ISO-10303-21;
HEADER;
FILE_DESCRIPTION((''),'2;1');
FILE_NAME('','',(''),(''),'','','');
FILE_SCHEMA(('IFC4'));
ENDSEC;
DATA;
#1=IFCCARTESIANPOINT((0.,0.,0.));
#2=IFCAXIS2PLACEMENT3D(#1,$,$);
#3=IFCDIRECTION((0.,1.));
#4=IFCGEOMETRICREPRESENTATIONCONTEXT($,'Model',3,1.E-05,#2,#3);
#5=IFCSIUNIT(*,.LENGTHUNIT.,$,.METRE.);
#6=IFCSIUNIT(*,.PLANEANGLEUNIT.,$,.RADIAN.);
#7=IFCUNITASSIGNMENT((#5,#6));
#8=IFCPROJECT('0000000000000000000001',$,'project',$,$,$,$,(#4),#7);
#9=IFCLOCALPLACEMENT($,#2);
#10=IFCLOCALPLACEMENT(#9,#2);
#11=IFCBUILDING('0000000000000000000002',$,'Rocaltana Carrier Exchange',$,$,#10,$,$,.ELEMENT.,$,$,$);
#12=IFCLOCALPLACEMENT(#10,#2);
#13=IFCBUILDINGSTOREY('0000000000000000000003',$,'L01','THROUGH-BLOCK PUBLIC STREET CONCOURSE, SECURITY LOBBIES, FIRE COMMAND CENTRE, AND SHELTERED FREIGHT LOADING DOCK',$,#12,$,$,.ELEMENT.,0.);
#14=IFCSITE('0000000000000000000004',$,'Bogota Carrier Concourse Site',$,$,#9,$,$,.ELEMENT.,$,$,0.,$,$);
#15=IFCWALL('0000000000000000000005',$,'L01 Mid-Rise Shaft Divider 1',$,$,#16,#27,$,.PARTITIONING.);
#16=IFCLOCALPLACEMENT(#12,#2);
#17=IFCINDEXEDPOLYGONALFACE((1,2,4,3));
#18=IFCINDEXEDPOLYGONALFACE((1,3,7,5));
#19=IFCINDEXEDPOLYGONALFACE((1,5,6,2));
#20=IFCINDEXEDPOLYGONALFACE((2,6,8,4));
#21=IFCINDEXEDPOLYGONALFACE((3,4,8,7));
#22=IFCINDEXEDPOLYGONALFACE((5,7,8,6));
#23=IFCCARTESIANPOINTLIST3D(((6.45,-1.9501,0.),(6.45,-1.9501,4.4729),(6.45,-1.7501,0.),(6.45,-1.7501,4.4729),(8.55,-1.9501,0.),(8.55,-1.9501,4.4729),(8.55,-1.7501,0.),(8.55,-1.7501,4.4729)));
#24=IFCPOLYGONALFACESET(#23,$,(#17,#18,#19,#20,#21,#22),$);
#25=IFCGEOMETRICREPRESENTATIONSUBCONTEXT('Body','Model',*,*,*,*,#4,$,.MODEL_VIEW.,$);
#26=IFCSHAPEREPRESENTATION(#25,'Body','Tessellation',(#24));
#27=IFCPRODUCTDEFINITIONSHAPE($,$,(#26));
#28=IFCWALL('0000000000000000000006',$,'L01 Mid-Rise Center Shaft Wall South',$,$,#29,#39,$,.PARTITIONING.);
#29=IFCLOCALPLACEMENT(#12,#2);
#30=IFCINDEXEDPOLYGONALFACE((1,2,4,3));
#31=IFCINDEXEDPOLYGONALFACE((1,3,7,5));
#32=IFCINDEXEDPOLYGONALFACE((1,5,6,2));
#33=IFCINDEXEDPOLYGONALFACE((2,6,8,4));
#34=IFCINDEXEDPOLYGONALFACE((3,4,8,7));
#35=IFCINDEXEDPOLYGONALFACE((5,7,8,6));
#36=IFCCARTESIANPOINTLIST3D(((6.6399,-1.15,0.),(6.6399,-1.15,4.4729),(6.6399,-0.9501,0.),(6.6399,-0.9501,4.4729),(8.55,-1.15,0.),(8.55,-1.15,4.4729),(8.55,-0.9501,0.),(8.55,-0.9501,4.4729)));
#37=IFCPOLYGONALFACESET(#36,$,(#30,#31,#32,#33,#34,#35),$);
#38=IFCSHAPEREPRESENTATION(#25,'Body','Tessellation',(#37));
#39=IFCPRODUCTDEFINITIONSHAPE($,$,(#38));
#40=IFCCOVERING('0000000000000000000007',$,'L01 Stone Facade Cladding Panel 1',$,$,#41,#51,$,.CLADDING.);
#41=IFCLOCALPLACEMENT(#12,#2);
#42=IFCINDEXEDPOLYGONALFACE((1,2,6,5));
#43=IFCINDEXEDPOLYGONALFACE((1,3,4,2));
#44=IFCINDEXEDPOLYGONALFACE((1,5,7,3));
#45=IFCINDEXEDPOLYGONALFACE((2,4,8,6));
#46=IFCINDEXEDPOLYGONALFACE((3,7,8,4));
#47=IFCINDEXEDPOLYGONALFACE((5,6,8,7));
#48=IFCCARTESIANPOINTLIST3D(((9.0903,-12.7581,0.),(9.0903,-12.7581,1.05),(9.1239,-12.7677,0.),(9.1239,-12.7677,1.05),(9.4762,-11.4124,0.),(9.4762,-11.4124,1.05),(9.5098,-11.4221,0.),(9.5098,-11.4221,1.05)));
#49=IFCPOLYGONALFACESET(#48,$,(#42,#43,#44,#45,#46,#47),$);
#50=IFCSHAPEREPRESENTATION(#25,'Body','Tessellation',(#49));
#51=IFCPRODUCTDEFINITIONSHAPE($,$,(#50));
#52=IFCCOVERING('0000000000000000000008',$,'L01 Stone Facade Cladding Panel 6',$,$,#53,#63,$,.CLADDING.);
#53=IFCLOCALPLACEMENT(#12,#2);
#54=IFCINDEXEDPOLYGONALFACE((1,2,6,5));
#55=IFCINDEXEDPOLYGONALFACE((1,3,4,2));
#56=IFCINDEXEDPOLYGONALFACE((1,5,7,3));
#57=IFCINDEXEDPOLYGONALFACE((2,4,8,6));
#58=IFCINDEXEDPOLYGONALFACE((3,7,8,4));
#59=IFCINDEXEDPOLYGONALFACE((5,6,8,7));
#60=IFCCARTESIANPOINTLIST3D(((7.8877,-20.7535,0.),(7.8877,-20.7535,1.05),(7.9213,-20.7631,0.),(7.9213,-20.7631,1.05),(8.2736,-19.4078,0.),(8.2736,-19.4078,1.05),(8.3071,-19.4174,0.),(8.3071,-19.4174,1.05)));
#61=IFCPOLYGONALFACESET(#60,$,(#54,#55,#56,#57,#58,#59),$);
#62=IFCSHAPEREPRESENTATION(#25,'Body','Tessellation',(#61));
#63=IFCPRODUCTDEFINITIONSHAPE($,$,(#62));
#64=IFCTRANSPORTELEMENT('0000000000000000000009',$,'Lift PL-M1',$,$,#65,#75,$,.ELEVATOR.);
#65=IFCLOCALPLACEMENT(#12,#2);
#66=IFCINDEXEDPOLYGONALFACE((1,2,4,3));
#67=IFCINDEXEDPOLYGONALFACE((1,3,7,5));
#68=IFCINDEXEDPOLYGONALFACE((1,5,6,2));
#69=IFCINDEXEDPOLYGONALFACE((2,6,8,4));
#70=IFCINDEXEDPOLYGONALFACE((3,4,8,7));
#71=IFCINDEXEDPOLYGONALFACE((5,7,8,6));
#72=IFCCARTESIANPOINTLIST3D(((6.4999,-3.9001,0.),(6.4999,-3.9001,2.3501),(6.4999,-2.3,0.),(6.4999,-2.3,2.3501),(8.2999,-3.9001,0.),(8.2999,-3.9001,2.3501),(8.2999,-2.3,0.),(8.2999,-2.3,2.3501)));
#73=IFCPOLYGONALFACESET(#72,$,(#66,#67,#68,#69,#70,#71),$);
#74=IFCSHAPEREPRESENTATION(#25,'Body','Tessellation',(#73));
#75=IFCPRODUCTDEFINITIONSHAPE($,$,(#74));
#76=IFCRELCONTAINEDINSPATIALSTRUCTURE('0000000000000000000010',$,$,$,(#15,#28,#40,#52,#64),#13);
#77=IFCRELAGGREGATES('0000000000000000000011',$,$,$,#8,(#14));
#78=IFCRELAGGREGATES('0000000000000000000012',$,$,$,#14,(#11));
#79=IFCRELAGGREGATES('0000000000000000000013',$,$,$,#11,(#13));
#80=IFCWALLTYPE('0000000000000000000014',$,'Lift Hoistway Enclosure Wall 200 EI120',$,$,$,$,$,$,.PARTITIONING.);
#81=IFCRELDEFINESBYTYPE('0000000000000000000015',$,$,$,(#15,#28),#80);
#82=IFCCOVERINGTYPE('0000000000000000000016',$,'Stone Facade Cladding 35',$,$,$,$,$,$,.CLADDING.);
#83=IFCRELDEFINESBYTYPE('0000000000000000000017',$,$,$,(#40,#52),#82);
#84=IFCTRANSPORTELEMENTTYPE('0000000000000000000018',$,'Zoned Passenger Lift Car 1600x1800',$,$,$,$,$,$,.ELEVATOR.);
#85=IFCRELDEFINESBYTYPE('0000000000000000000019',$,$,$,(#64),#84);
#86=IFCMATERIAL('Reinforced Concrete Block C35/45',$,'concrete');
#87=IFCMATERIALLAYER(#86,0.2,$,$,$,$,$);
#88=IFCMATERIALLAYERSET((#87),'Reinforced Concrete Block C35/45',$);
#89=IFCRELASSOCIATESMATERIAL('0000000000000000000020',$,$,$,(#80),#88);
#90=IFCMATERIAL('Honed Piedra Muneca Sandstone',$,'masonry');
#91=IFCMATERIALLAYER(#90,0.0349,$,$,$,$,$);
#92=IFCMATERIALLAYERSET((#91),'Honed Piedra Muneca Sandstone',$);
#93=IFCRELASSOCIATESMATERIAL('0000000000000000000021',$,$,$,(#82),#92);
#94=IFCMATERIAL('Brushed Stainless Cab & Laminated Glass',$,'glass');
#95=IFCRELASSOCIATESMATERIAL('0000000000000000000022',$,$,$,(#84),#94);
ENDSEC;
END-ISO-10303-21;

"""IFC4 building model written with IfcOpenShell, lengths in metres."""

from ifc_helpers import new_model, si_unit, direction, frame, frame_2d, origin, origin_2d, place, context, subcontext, project, spatial, rectangle, extrude, material, layer, layer_set, type_object, element, save


model = new_model("IFC4")

# Units and contexts
model_context = context("Model", 3, precision=1e-05, world=origin(), true_north=direction((0.0, 1.0)))
body_context = subcontext(model_context, "Body", "Model", "MODEL_VIEW")
ifc_project = project(units=[si_unit("LENGTHUNIT", "METRE"), si_unit("PLANEANGLEUNIT", "RADIAN")], contexts=[model_context])

# Site, building, storey
site_placement = place(None, origin())
site = spatial("IfcSite", under=ifc_project, at=site_placement, Name="Bogota Carrier Concourse Site", CompositionType="ELEMENT", RefElevation=0.0)
building_placement = place(site_placement, origin())
building = spatial("IfcBuilding", under=site, at=building_placement, Name="Rocaltana Carrier Exchange", CompositionType="ELEMENT")
storey_placement = place(building_placement, origin())
storey = spatial("IfcBuildingStorey", under=building, at=storey_placement, Name="L01", Description="THROUGH-BLOCK PUBLIC STREET CONCOURSE, SECURITY LOBBIES, FIRE COMMAND CENTRE, AND SHELTERED FREIGHT LOADING DOCK", CompositionType="ELEMENT", Elevation=0.0)

# Walls
ifc_material_1 = material(Name="Reinforced Concrete Block C35/45", Category="concrete")
ifc_layer_1 = layer(ifc_material_1, 0.2)
ifc_layer_set_1 = layer_set([ifc_layer_1], Name="Reinforced Concrete Block C35/45")
wall_type_1 = type_object("IfcWallType", Name="Lift Hoistway Enclosure Wall 200 EI120", PredefinedType="PARTITIONING", material=ifc_layer_set_1)
wall_1_placement = place(storey_placement, frame((6.45, -1.8501, 0.0), z_axis=(0.0, 0.0, 1.0), x_axis=(1.0, 0.0, 0.0)))
element("IfcWall", 1, at=wall_1_placement, inside=storey, type_object=wall_type_1, Name="L01 Mid-Rise Shaft Divider 1", PredefinedType="PARTITIONING", context=body_context, shape_type="SweptSolid", body=[
    extrude(rectangle(XDim=2.1001, YDim=0.2, at=frame_2d((1.05, 0.0))), origin(), (0.0, 0.0, 1.0), 4.4729),
])
wall_2_placement = place(storey_placement, frame((6.6399, -1.05, 0.0), z_axis=(0.0, 0.0, 1.0), x_axis=(1.0, 0.0, 0.0)))
element("IfcWall", 2, at=wall_2_placement, inside=storey, type_object=wall_type_1, Name="L01 Mid-Rise Center Shaft Wall South", PredefinedType="PARTITIONING", context=body_context, shape_type="SweptSolid", body=[
    extrude(rectangle(XDim=1.9102, YDim=0.2, at=frame_2d((0.9551, 0.0))), origin(), (0.0, 0.0, 1.0), 4.4729),
])

# Coverings
ifc_material_2 = material(Name="Honed Piedra Muneca Sandstone", Category="masonry")
ifc_layer_2 = layer(ifc_material_2, 0.0349)
ifc_layer_set_2 = layer_set([ifc_layer_2], Name="Honed Piedra Muneca Sandstone")
covering_type = type_object("IfcCoveringType", Name="Stone Facade Cladding 35", PredefinedType="CLADDING", material=ifc_layer_set_2)
for number, where, z_axis, x_axis, name in (
    (3, (9.3, -12.0901, 0.0), (0.0, 0.0, 1.0), (0.275637, 0.961262, 0.0), "L01 Stone Facade Cladding Panel 1"),
    (4, (8.0974, -20.0854, 0.0), (0.0, 0.0, 1.0), (0.275637, 0.961262, 0.0), "L01 Stone Facade Cladding Panel 6"),
):
    element("IfcCovering", number, at=place(storey_placement, frame(where, z_axis=z_axis, x_axis=x_axis)), inside=storey, type_object=covering_type, Name=name, PredefinedType="CLADDING", context=body_context, shape_type="SweptSolid", body=[
        extrude(rectangle(XDim=1.3999, YDim=0.0349, at=origin_2d()), origin(), (0.0, 0.0, 1.0), 1.05),
    ])

# Transport element
ifc_material_3 = material(Name="Brushed Stainless Cab & Laminated Glass", Category="glass")
transport_element_type = type_object("IfcTransportElementType", Name="Zoned Passenger Lift Car 1600x1800", PredefinedType="ELEVATOR", material=ifc_material_3)
transport_element_placement = place(storey_placement, frame((7.3999, -3.1001, 0.0), z_axis=(0.0, 0.0, 1.0), x_axis=(1.0, 0.0, 0.0)))
element("IfcTransportElement", 5, at=transport_element_placement, inside=storey, type_object=transport_element_type, Name="Lift PL-M1", PredefinedType="ELEVATOR", context=body_context, shape_type="SweptSolid", body=[
    extrude(rectangle(XDim=1.8, YDim=1.6001, at=origin_2d()), origin(), (0.0, 0.0, 1.0), 2.3501),
])

save(model, "model.ifc")
